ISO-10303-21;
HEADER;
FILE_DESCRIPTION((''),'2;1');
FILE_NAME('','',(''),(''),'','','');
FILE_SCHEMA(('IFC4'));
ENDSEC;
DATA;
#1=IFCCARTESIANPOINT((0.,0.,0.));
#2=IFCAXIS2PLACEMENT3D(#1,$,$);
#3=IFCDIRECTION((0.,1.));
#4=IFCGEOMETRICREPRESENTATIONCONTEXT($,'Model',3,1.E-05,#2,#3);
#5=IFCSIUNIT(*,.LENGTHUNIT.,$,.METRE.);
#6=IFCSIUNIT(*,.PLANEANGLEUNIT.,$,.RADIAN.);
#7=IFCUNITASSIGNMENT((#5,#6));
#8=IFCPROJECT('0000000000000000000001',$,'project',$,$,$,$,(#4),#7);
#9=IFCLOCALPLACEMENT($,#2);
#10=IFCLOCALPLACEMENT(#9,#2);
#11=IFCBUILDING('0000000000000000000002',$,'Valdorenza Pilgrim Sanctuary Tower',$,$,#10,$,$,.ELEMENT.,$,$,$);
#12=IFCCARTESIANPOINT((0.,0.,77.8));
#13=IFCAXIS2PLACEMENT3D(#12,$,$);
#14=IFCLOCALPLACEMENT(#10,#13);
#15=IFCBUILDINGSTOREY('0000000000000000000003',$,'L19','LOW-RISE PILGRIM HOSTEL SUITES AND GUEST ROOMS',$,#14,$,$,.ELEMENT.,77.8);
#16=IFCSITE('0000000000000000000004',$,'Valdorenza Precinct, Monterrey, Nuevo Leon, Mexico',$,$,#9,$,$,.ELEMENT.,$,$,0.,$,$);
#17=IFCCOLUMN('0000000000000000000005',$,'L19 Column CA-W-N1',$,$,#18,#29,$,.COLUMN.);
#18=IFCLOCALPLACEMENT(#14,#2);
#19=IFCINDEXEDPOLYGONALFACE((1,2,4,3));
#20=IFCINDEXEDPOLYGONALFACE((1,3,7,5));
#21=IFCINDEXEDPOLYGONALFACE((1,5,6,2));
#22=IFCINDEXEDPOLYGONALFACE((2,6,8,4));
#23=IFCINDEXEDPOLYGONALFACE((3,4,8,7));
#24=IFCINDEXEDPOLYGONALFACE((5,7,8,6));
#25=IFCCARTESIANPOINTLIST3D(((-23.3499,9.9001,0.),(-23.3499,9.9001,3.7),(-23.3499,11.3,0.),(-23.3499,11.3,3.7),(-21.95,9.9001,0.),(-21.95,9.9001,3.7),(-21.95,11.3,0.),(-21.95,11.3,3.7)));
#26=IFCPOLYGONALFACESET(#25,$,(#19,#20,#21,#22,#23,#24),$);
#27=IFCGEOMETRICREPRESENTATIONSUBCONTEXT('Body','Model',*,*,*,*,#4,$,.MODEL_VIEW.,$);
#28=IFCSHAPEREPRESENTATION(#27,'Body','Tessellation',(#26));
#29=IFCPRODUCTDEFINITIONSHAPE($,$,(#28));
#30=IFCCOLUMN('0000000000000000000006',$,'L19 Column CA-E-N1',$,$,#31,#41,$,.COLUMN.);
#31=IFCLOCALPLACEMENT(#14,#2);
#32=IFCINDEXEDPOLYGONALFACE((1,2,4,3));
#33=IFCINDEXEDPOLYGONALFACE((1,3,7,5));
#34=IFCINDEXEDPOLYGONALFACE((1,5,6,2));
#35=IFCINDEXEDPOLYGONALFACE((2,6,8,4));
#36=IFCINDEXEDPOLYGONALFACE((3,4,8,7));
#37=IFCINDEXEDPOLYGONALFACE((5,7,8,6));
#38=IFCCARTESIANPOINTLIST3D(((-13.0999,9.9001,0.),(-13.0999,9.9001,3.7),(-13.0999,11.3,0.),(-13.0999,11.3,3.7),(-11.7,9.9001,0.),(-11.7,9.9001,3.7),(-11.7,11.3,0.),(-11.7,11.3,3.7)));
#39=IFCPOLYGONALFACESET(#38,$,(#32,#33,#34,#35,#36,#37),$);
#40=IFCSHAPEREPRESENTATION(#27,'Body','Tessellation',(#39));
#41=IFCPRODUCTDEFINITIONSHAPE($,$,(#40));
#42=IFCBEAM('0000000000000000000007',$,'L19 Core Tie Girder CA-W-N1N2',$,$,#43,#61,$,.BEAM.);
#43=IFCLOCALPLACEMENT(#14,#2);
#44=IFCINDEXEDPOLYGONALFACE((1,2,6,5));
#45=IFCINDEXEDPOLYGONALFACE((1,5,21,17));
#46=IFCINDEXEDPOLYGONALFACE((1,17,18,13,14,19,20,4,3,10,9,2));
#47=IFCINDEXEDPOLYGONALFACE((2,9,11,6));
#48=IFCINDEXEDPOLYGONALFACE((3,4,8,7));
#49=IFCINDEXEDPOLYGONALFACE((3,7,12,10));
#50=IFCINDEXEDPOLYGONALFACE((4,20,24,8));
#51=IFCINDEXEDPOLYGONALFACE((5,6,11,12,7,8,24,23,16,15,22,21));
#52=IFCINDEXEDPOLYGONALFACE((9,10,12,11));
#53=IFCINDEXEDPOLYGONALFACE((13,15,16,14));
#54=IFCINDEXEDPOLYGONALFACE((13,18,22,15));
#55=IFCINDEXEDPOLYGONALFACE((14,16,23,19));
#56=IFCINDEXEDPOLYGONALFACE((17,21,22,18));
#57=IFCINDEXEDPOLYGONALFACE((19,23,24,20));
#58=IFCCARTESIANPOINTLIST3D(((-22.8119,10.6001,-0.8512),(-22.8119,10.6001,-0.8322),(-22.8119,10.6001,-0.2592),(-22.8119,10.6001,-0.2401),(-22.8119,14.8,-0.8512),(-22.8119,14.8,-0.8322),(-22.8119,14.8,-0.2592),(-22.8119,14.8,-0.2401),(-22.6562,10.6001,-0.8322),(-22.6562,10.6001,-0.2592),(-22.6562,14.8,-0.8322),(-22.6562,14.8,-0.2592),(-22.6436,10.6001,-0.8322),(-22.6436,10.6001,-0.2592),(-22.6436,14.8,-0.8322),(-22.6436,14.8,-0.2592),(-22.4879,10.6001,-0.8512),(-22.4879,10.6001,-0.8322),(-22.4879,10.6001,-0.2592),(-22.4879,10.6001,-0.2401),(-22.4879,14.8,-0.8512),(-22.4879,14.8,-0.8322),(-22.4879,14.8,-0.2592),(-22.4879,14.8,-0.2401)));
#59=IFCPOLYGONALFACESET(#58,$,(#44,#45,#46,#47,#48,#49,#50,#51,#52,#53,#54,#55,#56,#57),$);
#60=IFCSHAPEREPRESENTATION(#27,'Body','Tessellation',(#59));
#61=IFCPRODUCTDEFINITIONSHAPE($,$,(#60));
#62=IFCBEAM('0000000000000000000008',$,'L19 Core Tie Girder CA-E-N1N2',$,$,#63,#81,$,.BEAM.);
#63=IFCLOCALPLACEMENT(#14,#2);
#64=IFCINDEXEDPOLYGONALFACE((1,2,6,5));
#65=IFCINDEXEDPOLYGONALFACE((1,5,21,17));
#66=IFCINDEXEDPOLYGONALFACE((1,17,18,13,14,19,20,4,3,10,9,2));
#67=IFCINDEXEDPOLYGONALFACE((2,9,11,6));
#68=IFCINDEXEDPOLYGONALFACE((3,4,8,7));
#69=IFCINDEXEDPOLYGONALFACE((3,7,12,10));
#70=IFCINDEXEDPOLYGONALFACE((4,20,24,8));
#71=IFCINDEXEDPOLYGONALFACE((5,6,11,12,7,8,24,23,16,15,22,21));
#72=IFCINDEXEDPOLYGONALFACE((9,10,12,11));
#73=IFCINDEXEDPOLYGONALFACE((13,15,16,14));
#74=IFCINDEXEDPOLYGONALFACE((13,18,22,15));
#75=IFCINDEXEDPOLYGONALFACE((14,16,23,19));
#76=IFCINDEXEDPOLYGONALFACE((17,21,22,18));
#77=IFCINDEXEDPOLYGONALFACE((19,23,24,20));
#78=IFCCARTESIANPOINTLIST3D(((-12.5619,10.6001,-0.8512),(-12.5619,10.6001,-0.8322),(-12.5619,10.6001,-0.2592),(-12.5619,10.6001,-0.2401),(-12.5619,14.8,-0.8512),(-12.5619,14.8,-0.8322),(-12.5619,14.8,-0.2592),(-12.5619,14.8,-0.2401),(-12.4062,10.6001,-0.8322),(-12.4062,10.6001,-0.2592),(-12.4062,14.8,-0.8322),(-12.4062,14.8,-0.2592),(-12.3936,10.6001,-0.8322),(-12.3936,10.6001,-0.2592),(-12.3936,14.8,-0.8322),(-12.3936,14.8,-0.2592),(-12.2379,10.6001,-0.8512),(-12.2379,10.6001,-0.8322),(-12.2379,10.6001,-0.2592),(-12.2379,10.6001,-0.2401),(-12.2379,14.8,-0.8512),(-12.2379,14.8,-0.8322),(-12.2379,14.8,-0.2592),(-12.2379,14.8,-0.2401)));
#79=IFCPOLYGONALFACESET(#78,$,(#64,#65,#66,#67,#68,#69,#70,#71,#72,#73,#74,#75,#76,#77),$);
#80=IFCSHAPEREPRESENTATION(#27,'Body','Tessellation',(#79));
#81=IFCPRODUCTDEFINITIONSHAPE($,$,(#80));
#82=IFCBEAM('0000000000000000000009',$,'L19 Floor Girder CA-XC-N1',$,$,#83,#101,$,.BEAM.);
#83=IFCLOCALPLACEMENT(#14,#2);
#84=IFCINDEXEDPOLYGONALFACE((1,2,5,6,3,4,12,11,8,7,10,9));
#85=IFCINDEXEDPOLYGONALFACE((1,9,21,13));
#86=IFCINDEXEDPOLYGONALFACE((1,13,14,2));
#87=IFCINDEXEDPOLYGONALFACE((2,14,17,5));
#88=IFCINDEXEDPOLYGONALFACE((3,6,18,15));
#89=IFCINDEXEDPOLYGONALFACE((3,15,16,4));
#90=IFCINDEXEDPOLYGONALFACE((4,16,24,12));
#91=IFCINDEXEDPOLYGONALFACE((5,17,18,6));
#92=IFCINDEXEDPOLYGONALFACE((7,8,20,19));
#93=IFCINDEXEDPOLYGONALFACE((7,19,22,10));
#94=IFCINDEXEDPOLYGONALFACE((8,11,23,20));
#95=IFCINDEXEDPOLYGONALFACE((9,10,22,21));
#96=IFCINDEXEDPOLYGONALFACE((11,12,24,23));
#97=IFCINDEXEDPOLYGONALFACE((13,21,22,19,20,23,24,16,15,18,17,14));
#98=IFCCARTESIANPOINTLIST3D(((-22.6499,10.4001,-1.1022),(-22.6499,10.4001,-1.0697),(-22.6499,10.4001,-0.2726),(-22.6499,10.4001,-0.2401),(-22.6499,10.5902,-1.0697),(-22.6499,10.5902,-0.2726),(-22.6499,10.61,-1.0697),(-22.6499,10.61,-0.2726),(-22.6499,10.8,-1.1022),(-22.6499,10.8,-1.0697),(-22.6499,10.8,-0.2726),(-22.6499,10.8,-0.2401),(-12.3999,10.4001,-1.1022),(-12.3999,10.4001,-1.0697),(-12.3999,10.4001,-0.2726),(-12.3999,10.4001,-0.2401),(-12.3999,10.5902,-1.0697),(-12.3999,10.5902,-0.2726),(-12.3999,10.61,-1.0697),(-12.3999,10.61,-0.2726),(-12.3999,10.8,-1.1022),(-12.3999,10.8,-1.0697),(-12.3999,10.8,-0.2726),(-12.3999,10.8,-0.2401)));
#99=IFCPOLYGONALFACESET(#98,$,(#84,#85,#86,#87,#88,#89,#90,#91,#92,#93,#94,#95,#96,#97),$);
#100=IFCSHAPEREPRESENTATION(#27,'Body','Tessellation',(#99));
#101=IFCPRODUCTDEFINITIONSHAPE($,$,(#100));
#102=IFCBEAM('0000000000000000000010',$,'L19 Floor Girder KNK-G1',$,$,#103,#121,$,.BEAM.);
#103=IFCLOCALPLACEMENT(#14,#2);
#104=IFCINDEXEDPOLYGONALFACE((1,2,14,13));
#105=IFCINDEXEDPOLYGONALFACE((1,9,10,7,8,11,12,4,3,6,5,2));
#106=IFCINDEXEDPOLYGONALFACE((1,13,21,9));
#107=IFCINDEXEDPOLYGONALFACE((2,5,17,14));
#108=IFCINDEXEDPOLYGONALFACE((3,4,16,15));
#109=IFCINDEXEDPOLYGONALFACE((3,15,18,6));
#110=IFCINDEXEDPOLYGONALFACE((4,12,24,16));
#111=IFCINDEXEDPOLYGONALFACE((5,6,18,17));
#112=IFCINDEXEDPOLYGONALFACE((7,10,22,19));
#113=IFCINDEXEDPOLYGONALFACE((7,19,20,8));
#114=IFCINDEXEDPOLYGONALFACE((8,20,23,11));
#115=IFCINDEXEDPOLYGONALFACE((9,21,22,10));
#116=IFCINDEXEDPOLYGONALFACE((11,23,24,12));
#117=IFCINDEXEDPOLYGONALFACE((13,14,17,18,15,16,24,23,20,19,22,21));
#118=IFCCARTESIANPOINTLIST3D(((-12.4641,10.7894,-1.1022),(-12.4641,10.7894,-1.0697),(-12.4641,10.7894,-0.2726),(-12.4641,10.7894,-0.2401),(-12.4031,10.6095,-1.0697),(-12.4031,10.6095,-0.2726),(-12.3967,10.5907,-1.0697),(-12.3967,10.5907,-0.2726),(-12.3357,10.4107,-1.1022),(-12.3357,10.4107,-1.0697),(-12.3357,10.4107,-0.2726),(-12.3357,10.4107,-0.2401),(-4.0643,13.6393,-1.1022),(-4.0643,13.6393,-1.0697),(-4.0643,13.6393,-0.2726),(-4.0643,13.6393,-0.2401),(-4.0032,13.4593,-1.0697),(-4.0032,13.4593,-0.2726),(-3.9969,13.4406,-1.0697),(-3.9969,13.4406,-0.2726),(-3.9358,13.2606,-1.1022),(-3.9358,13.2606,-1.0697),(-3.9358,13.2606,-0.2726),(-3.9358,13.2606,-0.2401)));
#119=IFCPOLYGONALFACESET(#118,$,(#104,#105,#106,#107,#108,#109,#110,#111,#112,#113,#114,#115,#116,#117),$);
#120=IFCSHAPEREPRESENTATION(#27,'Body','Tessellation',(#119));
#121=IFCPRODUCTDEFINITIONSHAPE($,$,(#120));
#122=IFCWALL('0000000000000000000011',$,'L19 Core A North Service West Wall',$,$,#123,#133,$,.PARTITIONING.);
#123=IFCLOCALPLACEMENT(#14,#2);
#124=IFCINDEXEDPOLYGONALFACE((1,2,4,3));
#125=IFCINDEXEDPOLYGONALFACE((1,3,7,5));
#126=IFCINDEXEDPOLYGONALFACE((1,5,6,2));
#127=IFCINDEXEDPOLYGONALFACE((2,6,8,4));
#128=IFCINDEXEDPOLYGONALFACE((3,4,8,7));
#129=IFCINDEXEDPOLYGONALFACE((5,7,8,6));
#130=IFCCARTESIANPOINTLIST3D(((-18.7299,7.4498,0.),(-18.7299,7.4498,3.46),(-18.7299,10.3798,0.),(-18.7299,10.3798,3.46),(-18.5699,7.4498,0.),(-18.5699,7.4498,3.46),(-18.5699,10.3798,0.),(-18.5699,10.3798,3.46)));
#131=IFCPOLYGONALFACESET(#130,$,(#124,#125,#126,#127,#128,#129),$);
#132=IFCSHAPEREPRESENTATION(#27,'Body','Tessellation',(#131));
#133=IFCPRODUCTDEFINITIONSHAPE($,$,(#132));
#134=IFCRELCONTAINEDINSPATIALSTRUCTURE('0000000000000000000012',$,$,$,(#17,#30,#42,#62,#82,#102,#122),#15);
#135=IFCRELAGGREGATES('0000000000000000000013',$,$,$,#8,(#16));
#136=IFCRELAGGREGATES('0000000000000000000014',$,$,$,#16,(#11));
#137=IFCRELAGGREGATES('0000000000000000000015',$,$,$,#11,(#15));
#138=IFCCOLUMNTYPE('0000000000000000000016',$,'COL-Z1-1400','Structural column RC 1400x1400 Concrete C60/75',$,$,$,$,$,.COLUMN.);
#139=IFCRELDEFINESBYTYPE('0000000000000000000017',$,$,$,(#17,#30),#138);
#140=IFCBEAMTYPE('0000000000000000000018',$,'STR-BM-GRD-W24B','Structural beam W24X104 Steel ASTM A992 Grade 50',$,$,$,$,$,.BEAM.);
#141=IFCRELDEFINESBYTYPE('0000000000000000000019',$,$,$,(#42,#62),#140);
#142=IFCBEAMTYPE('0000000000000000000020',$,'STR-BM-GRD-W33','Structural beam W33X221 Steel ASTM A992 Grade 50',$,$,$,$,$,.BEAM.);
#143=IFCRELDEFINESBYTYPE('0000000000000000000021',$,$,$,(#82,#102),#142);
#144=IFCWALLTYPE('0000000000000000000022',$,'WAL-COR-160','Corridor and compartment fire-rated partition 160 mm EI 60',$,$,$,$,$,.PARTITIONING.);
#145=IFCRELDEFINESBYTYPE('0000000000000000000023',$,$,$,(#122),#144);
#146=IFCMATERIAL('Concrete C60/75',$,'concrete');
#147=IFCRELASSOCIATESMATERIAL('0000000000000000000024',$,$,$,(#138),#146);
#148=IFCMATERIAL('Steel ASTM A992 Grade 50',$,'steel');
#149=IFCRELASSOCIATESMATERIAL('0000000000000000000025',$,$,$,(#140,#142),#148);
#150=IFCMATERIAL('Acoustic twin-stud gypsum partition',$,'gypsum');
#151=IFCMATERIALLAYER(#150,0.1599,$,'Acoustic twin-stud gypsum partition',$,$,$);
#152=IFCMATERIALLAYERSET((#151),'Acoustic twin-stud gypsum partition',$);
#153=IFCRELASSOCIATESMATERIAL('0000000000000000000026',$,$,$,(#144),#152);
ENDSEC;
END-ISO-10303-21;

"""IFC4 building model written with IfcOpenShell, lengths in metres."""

from ifc_helpers import new_model, si_unit, direction, frame, frame_2d, origin, origin_2d, place, context, subcontext, project, spatial, rectangle, i_section, extrude, source, transform, mapped, material, layer, layer_set, material_profile, profile_set, type_object, element, save


model = new_model("IFC4")

# Units and contexts
model_context = context("Model", 3, precision=1e-05, world=origin(), true_north=direction((0.0, 1.0)))
body_context = subcontext(model_context, "Body", "Model", "MODEL_VIEW")
ifc_project = project(units=[si_unit("LENGTHUNIT", "METRE"), si_unit("PLANEANGLEUNIT", "RADIAN")], contexts=[model_context])

# Site, building, storey
site_placement = place(None, origin())
site = spatial("IfcSite", under=ifc_project, at=site_placement, Name="Valdorenza Precinct, Monterrey, Nuevo Leon, Mexico", CompositionType="ELEMENT", RefElevation=0.0)
building_placement = place(site_placement, origin())
building = spatial("IfcBuilding", under=site, at=building_placement, Name="Valdorenza Pilgrim Sanctuary Tower", CompositionType="ELEMENT")
storey_placement = place(building_placement, frame((0.0, 0.0, 77.8)))
storey = spatial("IfcBuildingStorey", under=building, at=storey_placement, Name="L19", Description="LOW-RISE PILGRIM HOSTEL SUITES AND GUEST ROOMS", CompositionType="ELEMENT", Elevation=77.8)

# Columns
ifc_material_1 = material(Name="Concrete C60/75", Category="concrete")
ifc_material_profile_1 = material_profile(ifc_material_1, rectangle(XDim=1.3999, YDim=1.3999, at=origin_2d()), Name="RC 1400x1400")
ifc_profile_set_1 = profile_set([ifc_material_profile_1], Name="Concrete C60/75")
column_type = type_object("IfcColumnType", Name="COL-Z1-1400", Description="Structural column RC 1400x1400 Concrete C60/75", PredefinedType="COLUMN", material=ifc_profile_set_1)
shared_shape_1 = source(origin(), body_context, "Body", "SweptSolid", [
    extrude(rectangle(XDim=1.3999, YDim=1.3999, at=origin_2d()), origin(), (0.0, 0.0, 1.0), 3.7),
])
for number, where, z_axis, x_axis, name in (
    (1, (-22.6499, 10.6001, 0.0), (0.0, 0.0, 1.0), (1.0, 0.0, 0.0), "L19 Column CA-W-N1"),
    (2, (-12.3999, 10.6001, 0.0), (0.0, 0.0, 1.0), (1.0, 0.0, 0.0), "L19 Column CA-E-N1"),
):
    element("IfcColumn", number, at=place(storey_placement, frame(where, z_axis=z_axis, x_axis=x_axis)), inside=storey, type_object=column_type, Name=name, PredefinedType="COLUMN", context=body_context, shape_type="MappedRepresentation", body=[
        mapped(shared_shape_1, transform((0.0, 0.0, 0.0), x_axis=(1.0, 0.0, 0.0), y_axis=(0.0, 1.0, 0.0), z_axis=(0.0, 0.0, 1.0), scale=1.0)),
    ])

# Beams
ifc_material_2 = material(Name="Steel ASTM A992 Grade 50", Category="steel")
ifc_material_profile_2 = material_profile(ifc_material_2, i_section(OverallWidth=0.324, OverallDepth=0.6111, WebThickness=0.0127, FlangeThickness=0.019, at=origin_2d()), Name="W24X104")
ifc_profile_set_2 = profile_set([ifc_material_profile_2], Name="Steel ASTM A992 Grade 50")
beam_type_1 = type_object("IfcBeamType", Name="STR-BM-GRD-W24B", Description="Structural beam W24X104 Steel ASTM A992 Grade 50", PredefinedType="BEAM", material=ifc_profile_set_2)
shared_shape_2 = source(origin(), body_context, "Body", "SweptSolid", [
    extrude(i_section(OverallWidth=0.324, OverallDepth=0.6111, WebThickness=0.0127, FlangeThickness=0.019, at=origin_2d()), origin(), (0.0, 0.0, 1.0), 4.2),
])
for number, where, z_axis, x_axis, name in (
    (3, (-22.6499, 10.6001, -0.5457), (0.0, 1.0, 0.0), (-1.0, 0.0, 0.0), "L19 Core Tie Girder CA-W-N1N2"),
    (4, (-12.3999, 10.6001, -0.5457), (0.0, 1.0, 0.0), (-1.0, 0.0, 0.0), "L19 Core Tie Girder CA-E-N1N2"),
):
    element("IfcBeam", number, at=place(storey_placement, frame(where, z_axis=z_axis, x_axis=x_axis)), inside=storey, type_object=beam_type_1, Name=name, PredefinedType="BEAM", context=body_context, shape_type="MappedRepresentation", body=[
        mapped(shared_shape_2, transform((0.0, 0.0, 0.0), x_axis=(1.0, 0.0, 0.0), y_axis=(0.0, 1.0, 0.0), z_axis=(0.0, 0.0, 1.0), scale=1.0)),
    ])
ifc_material_profile_3 = material_profile(ifc_material_2, i_section(OverallWidth=0.3999, OverallDepth=0.8621, WebThickness=0.0198, FlangeThickness=0.0325, at=origin_2d()), Name="W33X221")
ifc_profile_set_3 = profile_set([ifc_material_profile_3], Name="Steel ASTM A992 Grade 50")
beam_type_2 = type_object("IfcBeamType", Name="STR-BM-GRD-W33", Description="Structural beam W33X221 Steel ASTM A992 Grade 50", PredefinedType="BEAM", material=ifc_profile_set_3)
shared_shape_3 = source(origin(), body_context, "Body", "SweptSolid", [
    extrude(i_section(OverallWidth=0.3999, OverallDepth=0.8621, WebThickness=0.0198, FlangeThickness=0.0325, at=origin_2d()), origin(), (0.0, 0.0, 1.0), 10.25),
])
beam_1_placement = place(storey_placement, frame((-22.6499, 10.6001, -0.6711), z_axis=(1.0, 0.0, 0.0), x_axis=(0.0, 1.0, 0.0)))
element("IfcBeam", 5, at=beam_1_placement, inside=storey, type_object=beam_type_2, Name="L19 Floor Girder CA-XC-N1", PredefinedType="BEAM", context=body_context, shape_type="MappedRepresentation", body=[
    mapped(shared_shape_3, transform((0.0, 0.0, 0.0), x_axis=(1.0, 0.0, 0.0), y_axis=(0.0, 1.0, 0.0), z_axis=(0.0, 0.0, 1.0), scale=1.0)),
])
shared_shape_4 = source(origin(), body_context, "Body", "SweptSolid", [
    extrude(i_section(OverallWidth=0.3999, OverallDepth=0.8621, WebThickness=0.0198, FlangeThickness=0.0325, at=origin_2d()), origin(), (0.0, 0.0, 1.0), 8.8701),
])
beam_2_placement = place(storey_placement, frame((-12.3999, 10.6001, -0.6711), z_axis=(0.946983, 0.321285, 0.0), x_axis=(-0.321285, 0.946983, 0.0)))
element("IfcBeam", 6, at=beam_2_placement, inside=storey, type_object=beam_type_2, Name="L19 Floor Girder KNK-G1", PredefinedType="BEAM", context=body_context, shape_type="MappedRepresentation", body=[
    mapped(shared_shape_4, transform((0.0, 0.0, 0.0), x_axis=(1.0, 0.0, 0.0), y_axis=(0.0, 1.0, 0.0), z_axis=(0.0, 0.0, 1.0), scale=1.0)),
])

# Wall
ifc_material_3 = material(Name="Acoustic twin-stud gypsum partition", Category="gypsum")
ifc_layer_1 = layer(ifc_material_3, 0.1599, Name="Acoustic twin-stud gypsum partition")
ifc_layer_set_1 = layer_set([ifc_layer_1], Name="Acoustic twin-stud gypsum partition")
wall_type_1 = type_object("IfcWallType", Name="WAL-COR-160", Description="Corridor and compartment fire-rated partition 160 mm EI 60", PredefinedType="PARTITIONING", material=ifc_layer_set_1)
wall_1_placement = place(storey_placement, frame((-18.6499, 7.45, 0.0), z_axis=(0.0, 0.0, 1.0), x_axis=(0.0, 1.0, 0.0)))
element("IfcWall", 7, at=wall_1_placement, inside=storey, type_object=wall_type_1, Name="L19 Core A North Service West Wall", PredefinedType="PARTITIONING", context=body_context, shape_type="SweptSolid", body=[
    extrude(rectangle(XDim=2.9299, YDim=0.1599, at=frame_2d((1.4648, 0.0))), origin(), (0.0, 0.0, 1.0), 3.46),
])

save(model, "model.ifc")
